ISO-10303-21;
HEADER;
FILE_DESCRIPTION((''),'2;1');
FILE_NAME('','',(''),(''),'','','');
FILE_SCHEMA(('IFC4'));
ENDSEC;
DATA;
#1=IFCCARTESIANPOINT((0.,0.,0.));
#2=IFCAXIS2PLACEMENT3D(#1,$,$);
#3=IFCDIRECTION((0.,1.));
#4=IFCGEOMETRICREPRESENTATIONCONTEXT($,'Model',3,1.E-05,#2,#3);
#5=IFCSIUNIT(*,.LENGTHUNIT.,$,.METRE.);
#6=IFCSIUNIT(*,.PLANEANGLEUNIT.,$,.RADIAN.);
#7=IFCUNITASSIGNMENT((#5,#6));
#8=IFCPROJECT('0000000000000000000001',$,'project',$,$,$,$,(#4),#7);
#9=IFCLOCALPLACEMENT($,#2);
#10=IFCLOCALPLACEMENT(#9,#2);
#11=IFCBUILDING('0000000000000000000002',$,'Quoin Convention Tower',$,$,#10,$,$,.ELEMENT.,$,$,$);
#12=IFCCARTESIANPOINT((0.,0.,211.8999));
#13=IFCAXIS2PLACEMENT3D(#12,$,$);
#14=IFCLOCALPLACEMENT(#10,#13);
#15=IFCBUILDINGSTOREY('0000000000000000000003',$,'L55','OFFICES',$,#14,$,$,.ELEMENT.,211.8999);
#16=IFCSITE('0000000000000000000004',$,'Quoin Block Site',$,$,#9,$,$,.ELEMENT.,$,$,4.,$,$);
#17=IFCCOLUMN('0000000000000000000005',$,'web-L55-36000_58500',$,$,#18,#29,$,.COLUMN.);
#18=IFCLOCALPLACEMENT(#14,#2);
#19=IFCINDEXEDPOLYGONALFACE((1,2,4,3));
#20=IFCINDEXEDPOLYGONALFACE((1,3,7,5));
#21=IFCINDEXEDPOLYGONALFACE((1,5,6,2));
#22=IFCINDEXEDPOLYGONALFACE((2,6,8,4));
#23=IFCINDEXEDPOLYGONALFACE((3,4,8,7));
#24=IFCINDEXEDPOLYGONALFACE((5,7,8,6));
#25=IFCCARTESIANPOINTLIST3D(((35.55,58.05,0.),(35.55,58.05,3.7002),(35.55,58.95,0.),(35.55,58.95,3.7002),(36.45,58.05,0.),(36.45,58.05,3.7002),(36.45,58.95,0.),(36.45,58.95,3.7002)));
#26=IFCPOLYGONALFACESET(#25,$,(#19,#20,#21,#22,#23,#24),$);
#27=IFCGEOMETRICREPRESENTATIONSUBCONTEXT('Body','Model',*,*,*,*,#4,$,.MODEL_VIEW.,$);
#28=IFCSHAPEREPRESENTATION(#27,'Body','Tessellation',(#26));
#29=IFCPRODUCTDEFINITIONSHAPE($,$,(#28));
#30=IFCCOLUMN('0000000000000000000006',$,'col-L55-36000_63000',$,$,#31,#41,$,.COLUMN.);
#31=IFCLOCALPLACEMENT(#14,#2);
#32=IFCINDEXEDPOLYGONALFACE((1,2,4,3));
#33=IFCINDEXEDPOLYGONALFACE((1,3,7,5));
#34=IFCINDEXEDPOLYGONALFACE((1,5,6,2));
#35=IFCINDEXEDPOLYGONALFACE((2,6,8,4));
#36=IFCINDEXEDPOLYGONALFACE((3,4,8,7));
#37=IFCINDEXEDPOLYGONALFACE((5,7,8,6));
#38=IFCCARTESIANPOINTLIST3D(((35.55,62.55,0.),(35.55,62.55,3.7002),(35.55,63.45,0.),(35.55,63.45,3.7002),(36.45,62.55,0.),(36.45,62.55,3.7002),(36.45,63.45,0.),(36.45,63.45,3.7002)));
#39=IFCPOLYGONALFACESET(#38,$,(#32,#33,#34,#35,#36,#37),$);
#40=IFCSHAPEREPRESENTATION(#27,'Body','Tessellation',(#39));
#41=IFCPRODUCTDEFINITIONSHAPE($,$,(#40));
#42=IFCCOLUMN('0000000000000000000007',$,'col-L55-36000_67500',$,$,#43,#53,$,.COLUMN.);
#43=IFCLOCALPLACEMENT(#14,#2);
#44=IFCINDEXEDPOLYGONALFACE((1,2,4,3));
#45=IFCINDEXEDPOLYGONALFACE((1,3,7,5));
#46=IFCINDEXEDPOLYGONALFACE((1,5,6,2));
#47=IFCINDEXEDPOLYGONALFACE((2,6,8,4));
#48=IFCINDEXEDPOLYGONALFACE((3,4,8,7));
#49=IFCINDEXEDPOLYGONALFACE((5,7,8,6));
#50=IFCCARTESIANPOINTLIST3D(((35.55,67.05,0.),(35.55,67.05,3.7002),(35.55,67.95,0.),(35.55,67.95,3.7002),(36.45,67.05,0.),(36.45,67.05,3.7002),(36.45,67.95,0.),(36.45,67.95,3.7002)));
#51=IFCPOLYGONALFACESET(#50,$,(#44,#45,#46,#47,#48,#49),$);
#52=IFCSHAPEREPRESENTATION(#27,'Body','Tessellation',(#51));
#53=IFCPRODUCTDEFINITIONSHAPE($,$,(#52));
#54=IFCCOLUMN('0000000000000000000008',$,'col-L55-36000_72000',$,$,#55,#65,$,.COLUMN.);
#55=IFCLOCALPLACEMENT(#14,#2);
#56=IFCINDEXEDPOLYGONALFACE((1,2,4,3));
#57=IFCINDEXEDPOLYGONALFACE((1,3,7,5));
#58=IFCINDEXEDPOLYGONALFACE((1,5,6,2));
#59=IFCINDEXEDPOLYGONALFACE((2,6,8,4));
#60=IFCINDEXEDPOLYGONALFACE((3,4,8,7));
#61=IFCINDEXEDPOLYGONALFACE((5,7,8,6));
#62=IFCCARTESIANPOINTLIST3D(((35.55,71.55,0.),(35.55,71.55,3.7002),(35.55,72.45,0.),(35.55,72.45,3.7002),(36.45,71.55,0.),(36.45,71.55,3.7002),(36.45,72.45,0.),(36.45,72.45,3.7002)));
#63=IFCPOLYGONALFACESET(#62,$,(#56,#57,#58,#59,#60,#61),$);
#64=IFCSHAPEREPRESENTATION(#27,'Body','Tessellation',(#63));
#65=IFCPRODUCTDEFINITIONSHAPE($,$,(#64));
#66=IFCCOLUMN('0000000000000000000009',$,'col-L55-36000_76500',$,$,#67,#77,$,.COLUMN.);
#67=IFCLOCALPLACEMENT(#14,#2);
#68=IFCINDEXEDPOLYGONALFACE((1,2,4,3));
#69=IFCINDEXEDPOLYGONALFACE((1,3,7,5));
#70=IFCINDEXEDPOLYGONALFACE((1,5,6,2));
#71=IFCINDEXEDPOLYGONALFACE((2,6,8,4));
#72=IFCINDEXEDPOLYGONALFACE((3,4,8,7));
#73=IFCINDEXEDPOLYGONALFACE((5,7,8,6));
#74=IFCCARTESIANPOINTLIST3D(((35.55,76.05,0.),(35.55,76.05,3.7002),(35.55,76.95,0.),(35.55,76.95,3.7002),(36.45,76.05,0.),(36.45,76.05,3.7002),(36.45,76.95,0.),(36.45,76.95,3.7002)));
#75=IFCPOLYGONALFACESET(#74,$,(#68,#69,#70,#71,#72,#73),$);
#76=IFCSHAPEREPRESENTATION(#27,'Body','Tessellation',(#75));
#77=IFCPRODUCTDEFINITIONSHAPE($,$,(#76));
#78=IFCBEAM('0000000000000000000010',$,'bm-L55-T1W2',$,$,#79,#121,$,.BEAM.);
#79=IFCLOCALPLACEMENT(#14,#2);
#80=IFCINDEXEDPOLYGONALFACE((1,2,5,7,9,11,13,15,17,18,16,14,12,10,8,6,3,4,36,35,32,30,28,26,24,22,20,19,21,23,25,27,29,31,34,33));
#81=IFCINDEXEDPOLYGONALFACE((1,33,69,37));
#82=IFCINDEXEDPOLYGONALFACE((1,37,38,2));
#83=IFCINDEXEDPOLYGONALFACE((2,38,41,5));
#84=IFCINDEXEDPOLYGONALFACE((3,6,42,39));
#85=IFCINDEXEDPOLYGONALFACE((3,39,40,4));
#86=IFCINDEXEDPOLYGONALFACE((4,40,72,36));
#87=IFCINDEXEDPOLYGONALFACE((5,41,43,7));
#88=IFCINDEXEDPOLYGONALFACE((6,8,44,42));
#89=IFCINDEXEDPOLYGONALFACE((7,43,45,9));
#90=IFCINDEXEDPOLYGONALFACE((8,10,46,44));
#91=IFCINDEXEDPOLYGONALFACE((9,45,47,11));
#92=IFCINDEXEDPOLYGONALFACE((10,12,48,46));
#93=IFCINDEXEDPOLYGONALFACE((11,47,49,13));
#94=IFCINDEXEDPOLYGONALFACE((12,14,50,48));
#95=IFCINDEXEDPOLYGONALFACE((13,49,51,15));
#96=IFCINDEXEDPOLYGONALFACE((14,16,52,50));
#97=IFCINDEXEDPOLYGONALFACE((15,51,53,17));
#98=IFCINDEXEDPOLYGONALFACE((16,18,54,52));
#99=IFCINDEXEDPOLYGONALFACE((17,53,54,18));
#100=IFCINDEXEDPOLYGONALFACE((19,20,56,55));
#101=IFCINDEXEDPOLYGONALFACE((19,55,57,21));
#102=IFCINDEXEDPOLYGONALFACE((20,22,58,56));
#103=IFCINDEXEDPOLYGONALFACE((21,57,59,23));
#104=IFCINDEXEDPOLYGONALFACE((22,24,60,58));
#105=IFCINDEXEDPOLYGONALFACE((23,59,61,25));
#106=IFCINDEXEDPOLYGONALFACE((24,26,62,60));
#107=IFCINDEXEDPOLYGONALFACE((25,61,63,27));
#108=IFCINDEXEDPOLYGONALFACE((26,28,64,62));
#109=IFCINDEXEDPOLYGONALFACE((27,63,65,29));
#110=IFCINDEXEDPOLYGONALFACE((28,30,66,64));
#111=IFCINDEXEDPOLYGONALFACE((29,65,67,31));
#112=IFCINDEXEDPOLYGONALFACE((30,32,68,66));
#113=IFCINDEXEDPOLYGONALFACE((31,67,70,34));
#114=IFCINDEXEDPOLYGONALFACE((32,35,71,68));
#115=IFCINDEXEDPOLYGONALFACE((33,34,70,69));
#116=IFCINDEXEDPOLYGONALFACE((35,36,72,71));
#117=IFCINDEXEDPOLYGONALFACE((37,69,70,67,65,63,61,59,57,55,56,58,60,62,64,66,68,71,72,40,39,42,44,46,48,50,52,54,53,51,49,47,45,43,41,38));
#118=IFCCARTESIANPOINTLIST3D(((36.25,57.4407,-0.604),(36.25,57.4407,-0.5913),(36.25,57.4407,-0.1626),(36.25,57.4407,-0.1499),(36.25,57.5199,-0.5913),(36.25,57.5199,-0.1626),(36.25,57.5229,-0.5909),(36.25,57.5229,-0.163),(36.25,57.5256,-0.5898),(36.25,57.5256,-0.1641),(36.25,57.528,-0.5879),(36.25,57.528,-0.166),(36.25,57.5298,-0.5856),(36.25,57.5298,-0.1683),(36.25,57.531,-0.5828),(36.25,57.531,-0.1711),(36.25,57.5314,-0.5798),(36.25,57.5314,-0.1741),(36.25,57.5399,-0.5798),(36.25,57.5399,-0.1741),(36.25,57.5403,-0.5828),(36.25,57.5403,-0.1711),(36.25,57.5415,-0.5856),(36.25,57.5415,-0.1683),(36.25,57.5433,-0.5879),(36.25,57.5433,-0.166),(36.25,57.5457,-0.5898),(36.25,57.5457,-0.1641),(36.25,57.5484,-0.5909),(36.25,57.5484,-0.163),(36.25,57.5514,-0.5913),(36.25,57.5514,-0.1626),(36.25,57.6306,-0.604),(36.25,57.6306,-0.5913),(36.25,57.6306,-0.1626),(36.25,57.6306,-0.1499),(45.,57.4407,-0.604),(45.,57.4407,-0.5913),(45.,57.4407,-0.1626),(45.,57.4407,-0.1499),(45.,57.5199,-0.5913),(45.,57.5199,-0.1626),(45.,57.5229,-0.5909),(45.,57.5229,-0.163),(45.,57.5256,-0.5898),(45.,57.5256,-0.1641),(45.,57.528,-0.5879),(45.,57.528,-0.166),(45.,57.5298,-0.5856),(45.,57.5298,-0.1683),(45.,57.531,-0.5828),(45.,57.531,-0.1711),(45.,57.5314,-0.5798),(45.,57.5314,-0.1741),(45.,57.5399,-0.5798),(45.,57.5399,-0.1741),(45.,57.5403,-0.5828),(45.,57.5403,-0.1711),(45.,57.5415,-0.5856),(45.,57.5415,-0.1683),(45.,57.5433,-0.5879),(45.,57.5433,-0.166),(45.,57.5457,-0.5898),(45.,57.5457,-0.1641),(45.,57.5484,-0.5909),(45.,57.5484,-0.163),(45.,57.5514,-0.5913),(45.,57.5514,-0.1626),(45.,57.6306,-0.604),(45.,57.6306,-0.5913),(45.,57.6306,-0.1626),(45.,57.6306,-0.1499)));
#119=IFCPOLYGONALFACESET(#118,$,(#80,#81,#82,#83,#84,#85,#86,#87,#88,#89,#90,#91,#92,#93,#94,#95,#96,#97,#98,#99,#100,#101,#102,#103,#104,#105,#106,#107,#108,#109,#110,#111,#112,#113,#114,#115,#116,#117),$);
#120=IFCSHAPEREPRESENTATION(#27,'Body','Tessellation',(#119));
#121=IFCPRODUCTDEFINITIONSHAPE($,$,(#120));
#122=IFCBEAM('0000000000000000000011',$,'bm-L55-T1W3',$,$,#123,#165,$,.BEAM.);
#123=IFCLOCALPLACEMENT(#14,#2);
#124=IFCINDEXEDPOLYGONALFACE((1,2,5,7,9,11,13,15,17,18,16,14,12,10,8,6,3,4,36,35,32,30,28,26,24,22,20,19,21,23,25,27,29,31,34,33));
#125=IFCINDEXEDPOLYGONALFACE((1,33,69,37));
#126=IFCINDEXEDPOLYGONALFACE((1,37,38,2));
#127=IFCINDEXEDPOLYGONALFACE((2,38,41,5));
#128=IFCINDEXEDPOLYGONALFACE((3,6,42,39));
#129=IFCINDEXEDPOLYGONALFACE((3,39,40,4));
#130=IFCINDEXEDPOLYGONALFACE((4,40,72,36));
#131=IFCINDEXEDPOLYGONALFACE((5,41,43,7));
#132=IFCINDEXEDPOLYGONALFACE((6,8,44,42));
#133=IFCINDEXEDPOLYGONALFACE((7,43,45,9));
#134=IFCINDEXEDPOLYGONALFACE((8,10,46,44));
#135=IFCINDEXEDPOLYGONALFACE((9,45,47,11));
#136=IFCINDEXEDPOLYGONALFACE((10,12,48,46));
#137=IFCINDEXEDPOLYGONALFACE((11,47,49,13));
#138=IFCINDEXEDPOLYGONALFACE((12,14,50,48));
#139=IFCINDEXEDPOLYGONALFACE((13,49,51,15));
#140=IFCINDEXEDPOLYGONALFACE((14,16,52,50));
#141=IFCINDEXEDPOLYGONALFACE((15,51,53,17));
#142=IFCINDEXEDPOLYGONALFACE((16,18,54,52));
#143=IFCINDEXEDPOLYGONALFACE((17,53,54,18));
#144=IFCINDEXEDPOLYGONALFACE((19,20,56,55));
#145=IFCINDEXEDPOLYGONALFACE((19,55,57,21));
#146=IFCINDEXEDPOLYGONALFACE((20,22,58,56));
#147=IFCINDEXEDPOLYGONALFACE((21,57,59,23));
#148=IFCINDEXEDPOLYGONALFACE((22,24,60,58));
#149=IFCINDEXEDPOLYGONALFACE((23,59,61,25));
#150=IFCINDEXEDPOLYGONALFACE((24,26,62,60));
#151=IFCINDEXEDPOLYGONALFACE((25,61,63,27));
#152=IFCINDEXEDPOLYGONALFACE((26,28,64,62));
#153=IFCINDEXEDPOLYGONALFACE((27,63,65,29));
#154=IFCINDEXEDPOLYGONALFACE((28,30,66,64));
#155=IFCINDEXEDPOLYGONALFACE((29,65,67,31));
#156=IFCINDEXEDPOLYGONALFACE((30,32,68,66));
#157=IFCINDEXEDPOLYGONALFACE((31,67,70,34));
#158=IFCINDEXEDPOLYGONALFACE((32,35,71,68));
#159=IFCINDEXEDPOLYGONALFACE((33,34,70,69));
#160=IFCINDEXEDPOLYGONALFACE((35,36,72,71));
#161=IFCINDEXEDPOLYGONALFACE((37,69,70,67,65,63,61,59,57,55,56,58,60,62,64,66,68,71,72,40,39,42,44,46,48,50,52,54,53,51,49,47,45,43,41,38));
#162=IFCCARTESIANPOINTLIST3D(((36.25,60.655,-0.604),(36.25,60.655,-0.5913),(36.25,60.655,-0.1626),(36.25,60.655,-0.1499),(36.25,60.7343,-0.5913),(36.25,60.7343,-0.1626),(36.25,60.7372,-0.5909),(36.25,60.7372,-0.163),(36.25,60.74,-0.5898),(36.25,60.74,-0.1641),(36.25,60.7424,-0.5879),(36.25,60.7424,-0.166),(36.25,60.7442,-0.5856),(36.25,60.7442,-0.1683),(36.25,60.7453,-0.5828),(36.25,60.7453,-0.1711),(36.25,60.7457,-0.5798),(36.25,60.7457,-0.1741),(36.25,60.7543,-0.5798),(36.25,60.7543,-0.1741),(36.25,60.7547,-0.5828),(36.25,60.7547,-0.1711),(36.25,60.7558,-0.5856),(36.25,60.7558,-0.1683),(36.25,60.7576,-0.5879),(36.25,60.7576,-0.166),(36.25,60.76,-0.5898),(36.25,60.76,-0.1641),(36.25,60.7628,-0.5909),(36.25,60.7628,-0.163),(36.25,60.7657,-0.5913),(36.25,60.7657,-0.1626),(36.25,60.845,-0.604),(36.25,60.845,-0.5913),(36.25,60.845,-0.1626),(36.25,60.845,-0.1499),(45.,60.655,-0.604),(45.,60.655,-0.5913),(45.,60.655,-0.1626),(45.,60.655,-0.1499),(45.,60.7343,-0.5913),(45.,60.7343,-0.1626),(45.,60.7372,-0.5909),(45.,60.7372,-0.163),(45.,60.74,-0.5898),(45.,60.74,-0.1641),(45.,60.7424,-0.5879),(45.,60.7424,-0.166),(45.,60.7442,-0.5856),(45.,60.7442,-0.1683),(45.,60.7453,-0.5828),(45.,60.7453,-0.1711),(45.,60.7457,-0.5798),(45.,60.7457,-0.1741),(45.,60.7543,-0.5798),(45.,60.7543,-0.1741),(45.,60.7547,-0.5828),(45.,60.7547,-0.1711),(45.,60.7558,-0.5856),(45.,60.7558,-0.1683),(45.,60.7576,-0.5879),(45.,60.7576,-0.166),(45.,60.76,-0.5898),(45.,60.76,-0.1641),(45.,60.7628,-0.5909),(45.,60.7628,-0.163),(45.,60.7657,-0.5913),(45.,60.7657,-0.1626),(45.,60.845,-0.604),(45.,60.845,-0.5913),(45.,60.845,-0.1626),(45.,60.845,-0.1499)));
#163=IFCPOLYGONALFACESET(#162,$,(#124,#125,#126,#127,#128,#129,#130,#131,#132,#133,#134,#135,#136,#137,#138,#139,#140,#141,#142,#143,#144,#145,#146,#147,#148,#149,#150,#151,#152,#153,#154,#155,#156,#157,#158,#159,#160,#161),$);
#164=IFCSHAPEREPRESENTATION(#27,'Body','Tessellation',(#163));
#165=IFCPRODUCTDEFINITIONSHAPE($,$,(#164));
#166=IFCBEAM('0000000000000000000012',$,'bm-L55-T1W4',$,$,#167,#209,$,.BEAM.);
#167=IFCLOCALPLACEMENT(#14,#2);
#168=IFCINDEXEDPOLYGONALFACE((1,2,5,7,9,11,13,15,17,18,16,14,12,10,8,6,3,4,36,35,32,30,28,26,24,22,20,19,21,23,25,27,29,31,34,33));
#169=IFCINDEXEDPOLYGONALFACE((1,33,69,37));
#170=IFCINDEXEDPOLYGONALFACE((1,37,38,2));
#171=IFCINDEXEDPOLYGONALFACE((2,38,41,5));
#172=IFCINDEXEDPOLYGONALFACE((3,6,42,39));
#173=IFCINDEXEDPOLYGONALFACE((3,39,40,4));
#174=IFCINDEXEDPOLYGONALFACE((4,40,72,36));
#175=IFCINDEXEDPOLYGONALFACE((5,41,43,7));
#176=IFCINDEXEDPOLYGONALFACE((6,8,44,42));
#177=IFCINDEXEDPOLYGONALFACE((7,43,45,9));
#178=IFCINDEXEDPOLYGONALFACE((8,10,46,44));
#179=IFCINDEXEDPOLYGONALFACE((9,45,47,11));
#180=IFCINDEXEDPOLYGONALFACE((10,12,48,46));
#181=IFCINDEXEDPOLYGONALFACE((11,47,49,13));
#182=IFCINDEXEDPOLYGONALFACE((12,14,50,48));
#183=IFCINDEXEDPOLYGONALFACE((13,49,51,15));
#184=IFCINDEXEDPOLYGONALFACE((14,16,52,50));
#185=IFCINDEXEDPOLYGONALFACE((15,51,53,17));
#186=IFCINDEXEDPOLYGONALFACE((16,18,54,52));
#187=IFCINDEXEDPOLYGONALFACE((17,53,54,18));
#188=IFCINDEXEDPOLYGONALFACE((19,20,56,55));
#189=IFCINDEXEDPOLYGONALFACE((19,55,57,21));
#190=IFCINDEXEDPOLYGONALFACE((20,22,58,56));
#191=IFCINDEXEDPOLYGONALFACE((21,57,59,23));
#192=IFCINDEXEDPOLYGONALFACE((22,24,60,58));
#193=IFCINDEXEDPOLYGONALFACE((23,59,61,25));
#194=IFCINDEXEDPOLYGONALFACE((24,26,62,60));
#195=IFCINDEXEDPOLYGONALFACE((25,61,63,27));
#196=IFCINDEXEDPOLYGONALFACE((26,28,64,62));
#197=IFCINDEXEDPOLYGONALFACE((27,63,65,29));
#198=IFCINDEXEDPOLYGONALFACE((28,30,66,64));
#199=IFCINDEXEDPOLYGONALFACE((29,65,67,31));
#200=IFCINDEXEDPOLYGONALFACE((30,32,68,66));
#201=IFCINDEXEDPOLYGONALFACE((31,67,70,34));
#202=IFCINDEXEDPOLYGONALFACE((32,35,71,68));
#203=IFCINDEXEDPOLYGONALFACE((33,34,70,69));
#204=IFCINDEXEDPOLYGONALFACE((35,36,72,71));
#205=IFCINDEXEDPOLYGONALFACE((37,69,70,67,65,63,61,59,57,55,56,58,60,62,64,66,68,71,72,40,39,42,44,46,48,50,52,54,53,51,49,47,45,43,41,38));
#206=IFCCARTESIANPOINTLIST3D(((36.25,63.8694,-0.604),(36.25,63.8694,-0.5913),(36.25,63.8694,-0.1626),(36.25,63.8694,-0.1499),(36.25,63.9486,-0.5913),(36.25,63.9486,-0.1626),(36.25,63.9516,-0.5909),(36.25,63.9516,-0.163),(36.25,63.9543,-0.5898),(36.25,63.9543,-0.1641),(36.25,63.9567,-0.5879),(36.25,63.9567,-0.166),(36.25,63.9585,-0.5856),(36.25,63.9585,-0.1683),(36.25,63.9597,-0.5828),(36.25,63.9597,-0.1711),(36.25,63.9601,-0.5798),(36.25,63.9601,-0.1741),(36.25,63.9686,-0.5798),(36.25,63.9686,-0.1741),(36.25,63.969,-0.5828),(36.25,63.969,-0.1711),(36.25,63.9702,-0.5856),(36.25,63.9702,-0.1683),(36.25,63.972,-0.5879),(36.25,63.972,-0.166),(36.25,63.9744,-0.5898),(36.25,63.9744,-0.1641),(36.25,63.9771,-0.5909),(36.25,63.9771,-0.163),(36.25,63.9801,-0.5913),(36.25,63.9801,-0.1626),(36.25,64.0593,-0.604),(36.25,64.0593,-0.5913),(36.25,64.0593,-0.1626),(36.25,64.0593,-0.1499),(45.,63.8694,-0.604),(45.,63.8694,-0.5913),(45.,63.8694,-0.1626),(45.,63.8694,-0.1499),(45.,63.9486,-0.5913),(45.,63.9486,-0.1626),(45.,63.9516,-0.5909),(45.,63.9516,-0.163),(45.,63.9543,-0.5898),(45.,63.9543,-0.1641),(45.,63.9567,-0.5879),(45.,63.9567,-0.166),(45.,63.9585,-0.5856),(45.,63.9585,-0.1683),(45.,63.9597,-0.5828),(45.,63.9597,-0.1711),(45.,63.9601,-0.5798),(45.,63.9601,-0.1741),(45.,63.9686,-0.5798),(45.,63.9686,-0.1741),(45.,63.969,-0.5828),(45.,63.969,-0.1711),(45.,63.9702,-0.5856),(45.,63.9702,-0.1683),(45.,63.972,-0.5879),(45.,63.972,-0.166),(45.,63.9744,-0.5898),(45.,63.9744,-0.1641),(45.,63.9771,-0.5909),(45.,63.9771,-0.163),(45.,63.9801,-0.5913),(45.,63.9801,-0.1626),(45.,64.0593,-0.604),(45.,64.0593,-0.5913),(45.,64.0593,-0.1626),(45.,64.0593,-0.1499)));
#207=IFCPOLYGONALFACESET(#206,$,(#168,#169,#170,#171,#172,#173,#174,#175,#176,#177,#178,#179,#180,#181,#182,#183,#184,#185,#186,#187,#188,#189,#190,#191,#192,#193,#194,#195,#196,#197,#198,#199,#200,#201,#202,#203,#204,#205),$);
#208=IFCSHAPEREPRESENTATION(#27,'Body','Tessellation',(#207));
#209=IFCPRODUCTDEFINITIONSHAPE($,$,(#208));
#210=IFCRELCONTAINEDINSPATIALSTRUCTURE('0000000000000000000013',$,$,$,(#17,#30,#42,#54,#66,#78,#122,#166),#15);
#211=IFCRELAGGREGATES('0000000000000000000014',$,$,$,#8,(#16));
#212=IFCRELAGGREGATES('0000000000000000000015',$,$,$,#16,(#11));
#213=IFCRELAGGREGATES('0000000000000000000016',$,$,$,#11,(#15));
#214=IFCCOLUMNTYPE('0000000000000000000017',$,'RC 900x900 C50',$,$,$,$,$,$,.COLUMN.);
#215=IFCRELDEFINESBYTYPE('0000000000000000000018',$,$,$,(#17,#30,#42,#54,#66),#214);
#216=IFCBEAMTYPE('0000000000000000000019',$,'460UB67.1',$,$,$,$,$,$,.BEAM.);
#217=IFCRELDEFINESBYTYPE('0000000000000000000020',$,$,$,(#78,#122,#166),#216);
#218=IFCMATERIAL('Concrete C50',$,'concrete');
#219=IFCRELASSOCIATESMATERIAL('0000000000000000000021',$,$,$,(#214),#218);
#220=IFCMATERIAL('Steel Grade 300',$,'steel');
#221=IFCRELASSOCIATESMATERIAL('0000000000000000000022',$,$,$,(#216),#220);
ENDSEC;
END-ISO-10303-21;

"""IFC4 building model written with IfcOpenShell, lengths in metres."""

from ifc_helpers import new_model, si_unit, direction, frame, origin, origin_2d, place, context, subcontext, project, spatial, rectangle, i_section, extrude, material, material_profile, profile_set, type_object, element, save


model = new_model("IFC4")

# Units and contexts
model_context = context("Model", 3, precision=1e-05, world=origin(), true_north=direction((0.0, 1.0)))
body_context = subcontext(model_context, "Body", "Model", "MODEL_VIEW")
ifc_project = project(units=[si_unit("LENGTHUNIT", "METRE"), si_unit("PLANEANGLEUNIT", "RADIAN")], contexts=[model_context])

# Site, building, storey
site_placement = place(None, origin())
site = spatial("IfcSite", under=ifc_project, at=site_placement, Name="Quoin Block Site", CompositionType="ELEMENT", RefElevation=4.0)
building_placement = place(site_placement, origin())
building = spatial("IfcBuilding", under=site, at=building_placement, Name="Quoin Convention Tower", CompositionType="ELEMENT")
storey_placement = place(building_placement, frame((0.0, 0.0, 211.8999)))
storey = spatial("IfcBuildingStorey", under=building, at=storey_placement, Name="L55", Description="OFFICES", CompositionType="ELEMENT", Elevation=211.8999)

# Columns
ifc_material_1 = material(Name="Concrete C50", Category="concrete")
ifc_material_profile_1 = material_profile(ifc_material_1, rectangle(XDim=0.8999, YDim=0.8999, at=origin_2d()), Name="RC 900x900")
ifc_profile_set_1 = profile_set([ifc_material_profile_1], Name="Concrete C50")
column_type = type_object("IfcColumnType", Name="RC 900x900 C50", PredefinedType="COLUMN", material=ifc_profile_set_1)
for number, where, z_axis, x_axis, name in (
    (1, (36.0, 58.5, 0.0), (0.0, 0.0, 1.0), (1.0, 0.0, 0.0), "web-L55-36000_58500"),
    (2, (36.0, 63.0, 0.0), (0.0, 0.0, 1.0), (1.0, 0.0, 0.0), "col-L55-36000_63000"),
    (3, (36.0, 67.5, 0.0), (0.0, 0.0, 1.0), (1.0, 0.0, 0.0), "col-L55-36000_67500"),
    (4, (36.0, 72.0, 0.0), (0.0, 0.0, 1.0), (1.0, 0.0, 0.0), "col-L55-36000_72000"),
    (5, (36.0, 76.5, 0.0), (0.0, 0.0, 1.0), (1.0, 0.0, 0.0), "col-L55-36000_76500"),
):
    element("IfcColumn", number, at=place(storey_placement, frame(where, z_axis=z_axis, x_axis=x_axis)), inside=storey, type_object=column_type, Name=name, PredefinedType="COLUMN", context=body_context, shape_type="SweptSolid", body=[
        extrude(rectangle(XDim=0.8999, YDim=0.8999, at=origin_2d()), origin(), (0.0, 0.0, 1.0), 3.7002),
    ])

# Beams
ifc_material_2 = material(Name="Steel Grade 300", Category="steel")
ifc_material_profile_2 = material_profile(ifc_material_2, i_section(OverallWidth=0.1899, OverallDepth=0.4541, WebThickness=0.0085, FlangeThickness=0.0127, FilletRadius=0.0115, at=origin_2d()), Name="460UB67.1")
ifc_profile_set_2 = profile_set([ifc_material_profile_2], Name="Steel Grade 300")
beam_type = type_object("IfcBeamType", Name="460UB67.1", PredefinedType="BEAM", material=ifc_profile_set_2)
for number, where, z_axis, x_axis, name in (
    (6, (36.25, 57.5356, -0.377), (1.0, 0.0, 0.0), (0.0, 1.0, 0.0), "bm-L55-T1W2"),
    (7, (36.25, 60.75, -0.377), (1.0, 0.0, 0.0), (0.0, 1.0, 0.0), "bm-L55-T1W3"),
    (8, (36.25, 63.9644, -0.377), (1.0, 0.0, 0.0), (0.0, 1.0, 0.0), "bm-L55-T1W4"),
):
    element("IfcBeam", number, at=place(storey_placement, frame(where, z_axis=z_axis, x_axis=x_axis)), inside=storey, type_object=beam_type, Name=name, PredefinedType="BEAM", context=body_context, shape_type="SweptSolid", body=[
        extrude(i_section(OverallWidth=0.1899, OverallDepth=0.4541, WebThickness=0.0085, FlangeThickness=0.0127, FilletRadius=0.0115, at=origin_2d()), origin(), (0.0, 0.0, 1.0), 8.75),
    ])

save(model, "model.ifc")
